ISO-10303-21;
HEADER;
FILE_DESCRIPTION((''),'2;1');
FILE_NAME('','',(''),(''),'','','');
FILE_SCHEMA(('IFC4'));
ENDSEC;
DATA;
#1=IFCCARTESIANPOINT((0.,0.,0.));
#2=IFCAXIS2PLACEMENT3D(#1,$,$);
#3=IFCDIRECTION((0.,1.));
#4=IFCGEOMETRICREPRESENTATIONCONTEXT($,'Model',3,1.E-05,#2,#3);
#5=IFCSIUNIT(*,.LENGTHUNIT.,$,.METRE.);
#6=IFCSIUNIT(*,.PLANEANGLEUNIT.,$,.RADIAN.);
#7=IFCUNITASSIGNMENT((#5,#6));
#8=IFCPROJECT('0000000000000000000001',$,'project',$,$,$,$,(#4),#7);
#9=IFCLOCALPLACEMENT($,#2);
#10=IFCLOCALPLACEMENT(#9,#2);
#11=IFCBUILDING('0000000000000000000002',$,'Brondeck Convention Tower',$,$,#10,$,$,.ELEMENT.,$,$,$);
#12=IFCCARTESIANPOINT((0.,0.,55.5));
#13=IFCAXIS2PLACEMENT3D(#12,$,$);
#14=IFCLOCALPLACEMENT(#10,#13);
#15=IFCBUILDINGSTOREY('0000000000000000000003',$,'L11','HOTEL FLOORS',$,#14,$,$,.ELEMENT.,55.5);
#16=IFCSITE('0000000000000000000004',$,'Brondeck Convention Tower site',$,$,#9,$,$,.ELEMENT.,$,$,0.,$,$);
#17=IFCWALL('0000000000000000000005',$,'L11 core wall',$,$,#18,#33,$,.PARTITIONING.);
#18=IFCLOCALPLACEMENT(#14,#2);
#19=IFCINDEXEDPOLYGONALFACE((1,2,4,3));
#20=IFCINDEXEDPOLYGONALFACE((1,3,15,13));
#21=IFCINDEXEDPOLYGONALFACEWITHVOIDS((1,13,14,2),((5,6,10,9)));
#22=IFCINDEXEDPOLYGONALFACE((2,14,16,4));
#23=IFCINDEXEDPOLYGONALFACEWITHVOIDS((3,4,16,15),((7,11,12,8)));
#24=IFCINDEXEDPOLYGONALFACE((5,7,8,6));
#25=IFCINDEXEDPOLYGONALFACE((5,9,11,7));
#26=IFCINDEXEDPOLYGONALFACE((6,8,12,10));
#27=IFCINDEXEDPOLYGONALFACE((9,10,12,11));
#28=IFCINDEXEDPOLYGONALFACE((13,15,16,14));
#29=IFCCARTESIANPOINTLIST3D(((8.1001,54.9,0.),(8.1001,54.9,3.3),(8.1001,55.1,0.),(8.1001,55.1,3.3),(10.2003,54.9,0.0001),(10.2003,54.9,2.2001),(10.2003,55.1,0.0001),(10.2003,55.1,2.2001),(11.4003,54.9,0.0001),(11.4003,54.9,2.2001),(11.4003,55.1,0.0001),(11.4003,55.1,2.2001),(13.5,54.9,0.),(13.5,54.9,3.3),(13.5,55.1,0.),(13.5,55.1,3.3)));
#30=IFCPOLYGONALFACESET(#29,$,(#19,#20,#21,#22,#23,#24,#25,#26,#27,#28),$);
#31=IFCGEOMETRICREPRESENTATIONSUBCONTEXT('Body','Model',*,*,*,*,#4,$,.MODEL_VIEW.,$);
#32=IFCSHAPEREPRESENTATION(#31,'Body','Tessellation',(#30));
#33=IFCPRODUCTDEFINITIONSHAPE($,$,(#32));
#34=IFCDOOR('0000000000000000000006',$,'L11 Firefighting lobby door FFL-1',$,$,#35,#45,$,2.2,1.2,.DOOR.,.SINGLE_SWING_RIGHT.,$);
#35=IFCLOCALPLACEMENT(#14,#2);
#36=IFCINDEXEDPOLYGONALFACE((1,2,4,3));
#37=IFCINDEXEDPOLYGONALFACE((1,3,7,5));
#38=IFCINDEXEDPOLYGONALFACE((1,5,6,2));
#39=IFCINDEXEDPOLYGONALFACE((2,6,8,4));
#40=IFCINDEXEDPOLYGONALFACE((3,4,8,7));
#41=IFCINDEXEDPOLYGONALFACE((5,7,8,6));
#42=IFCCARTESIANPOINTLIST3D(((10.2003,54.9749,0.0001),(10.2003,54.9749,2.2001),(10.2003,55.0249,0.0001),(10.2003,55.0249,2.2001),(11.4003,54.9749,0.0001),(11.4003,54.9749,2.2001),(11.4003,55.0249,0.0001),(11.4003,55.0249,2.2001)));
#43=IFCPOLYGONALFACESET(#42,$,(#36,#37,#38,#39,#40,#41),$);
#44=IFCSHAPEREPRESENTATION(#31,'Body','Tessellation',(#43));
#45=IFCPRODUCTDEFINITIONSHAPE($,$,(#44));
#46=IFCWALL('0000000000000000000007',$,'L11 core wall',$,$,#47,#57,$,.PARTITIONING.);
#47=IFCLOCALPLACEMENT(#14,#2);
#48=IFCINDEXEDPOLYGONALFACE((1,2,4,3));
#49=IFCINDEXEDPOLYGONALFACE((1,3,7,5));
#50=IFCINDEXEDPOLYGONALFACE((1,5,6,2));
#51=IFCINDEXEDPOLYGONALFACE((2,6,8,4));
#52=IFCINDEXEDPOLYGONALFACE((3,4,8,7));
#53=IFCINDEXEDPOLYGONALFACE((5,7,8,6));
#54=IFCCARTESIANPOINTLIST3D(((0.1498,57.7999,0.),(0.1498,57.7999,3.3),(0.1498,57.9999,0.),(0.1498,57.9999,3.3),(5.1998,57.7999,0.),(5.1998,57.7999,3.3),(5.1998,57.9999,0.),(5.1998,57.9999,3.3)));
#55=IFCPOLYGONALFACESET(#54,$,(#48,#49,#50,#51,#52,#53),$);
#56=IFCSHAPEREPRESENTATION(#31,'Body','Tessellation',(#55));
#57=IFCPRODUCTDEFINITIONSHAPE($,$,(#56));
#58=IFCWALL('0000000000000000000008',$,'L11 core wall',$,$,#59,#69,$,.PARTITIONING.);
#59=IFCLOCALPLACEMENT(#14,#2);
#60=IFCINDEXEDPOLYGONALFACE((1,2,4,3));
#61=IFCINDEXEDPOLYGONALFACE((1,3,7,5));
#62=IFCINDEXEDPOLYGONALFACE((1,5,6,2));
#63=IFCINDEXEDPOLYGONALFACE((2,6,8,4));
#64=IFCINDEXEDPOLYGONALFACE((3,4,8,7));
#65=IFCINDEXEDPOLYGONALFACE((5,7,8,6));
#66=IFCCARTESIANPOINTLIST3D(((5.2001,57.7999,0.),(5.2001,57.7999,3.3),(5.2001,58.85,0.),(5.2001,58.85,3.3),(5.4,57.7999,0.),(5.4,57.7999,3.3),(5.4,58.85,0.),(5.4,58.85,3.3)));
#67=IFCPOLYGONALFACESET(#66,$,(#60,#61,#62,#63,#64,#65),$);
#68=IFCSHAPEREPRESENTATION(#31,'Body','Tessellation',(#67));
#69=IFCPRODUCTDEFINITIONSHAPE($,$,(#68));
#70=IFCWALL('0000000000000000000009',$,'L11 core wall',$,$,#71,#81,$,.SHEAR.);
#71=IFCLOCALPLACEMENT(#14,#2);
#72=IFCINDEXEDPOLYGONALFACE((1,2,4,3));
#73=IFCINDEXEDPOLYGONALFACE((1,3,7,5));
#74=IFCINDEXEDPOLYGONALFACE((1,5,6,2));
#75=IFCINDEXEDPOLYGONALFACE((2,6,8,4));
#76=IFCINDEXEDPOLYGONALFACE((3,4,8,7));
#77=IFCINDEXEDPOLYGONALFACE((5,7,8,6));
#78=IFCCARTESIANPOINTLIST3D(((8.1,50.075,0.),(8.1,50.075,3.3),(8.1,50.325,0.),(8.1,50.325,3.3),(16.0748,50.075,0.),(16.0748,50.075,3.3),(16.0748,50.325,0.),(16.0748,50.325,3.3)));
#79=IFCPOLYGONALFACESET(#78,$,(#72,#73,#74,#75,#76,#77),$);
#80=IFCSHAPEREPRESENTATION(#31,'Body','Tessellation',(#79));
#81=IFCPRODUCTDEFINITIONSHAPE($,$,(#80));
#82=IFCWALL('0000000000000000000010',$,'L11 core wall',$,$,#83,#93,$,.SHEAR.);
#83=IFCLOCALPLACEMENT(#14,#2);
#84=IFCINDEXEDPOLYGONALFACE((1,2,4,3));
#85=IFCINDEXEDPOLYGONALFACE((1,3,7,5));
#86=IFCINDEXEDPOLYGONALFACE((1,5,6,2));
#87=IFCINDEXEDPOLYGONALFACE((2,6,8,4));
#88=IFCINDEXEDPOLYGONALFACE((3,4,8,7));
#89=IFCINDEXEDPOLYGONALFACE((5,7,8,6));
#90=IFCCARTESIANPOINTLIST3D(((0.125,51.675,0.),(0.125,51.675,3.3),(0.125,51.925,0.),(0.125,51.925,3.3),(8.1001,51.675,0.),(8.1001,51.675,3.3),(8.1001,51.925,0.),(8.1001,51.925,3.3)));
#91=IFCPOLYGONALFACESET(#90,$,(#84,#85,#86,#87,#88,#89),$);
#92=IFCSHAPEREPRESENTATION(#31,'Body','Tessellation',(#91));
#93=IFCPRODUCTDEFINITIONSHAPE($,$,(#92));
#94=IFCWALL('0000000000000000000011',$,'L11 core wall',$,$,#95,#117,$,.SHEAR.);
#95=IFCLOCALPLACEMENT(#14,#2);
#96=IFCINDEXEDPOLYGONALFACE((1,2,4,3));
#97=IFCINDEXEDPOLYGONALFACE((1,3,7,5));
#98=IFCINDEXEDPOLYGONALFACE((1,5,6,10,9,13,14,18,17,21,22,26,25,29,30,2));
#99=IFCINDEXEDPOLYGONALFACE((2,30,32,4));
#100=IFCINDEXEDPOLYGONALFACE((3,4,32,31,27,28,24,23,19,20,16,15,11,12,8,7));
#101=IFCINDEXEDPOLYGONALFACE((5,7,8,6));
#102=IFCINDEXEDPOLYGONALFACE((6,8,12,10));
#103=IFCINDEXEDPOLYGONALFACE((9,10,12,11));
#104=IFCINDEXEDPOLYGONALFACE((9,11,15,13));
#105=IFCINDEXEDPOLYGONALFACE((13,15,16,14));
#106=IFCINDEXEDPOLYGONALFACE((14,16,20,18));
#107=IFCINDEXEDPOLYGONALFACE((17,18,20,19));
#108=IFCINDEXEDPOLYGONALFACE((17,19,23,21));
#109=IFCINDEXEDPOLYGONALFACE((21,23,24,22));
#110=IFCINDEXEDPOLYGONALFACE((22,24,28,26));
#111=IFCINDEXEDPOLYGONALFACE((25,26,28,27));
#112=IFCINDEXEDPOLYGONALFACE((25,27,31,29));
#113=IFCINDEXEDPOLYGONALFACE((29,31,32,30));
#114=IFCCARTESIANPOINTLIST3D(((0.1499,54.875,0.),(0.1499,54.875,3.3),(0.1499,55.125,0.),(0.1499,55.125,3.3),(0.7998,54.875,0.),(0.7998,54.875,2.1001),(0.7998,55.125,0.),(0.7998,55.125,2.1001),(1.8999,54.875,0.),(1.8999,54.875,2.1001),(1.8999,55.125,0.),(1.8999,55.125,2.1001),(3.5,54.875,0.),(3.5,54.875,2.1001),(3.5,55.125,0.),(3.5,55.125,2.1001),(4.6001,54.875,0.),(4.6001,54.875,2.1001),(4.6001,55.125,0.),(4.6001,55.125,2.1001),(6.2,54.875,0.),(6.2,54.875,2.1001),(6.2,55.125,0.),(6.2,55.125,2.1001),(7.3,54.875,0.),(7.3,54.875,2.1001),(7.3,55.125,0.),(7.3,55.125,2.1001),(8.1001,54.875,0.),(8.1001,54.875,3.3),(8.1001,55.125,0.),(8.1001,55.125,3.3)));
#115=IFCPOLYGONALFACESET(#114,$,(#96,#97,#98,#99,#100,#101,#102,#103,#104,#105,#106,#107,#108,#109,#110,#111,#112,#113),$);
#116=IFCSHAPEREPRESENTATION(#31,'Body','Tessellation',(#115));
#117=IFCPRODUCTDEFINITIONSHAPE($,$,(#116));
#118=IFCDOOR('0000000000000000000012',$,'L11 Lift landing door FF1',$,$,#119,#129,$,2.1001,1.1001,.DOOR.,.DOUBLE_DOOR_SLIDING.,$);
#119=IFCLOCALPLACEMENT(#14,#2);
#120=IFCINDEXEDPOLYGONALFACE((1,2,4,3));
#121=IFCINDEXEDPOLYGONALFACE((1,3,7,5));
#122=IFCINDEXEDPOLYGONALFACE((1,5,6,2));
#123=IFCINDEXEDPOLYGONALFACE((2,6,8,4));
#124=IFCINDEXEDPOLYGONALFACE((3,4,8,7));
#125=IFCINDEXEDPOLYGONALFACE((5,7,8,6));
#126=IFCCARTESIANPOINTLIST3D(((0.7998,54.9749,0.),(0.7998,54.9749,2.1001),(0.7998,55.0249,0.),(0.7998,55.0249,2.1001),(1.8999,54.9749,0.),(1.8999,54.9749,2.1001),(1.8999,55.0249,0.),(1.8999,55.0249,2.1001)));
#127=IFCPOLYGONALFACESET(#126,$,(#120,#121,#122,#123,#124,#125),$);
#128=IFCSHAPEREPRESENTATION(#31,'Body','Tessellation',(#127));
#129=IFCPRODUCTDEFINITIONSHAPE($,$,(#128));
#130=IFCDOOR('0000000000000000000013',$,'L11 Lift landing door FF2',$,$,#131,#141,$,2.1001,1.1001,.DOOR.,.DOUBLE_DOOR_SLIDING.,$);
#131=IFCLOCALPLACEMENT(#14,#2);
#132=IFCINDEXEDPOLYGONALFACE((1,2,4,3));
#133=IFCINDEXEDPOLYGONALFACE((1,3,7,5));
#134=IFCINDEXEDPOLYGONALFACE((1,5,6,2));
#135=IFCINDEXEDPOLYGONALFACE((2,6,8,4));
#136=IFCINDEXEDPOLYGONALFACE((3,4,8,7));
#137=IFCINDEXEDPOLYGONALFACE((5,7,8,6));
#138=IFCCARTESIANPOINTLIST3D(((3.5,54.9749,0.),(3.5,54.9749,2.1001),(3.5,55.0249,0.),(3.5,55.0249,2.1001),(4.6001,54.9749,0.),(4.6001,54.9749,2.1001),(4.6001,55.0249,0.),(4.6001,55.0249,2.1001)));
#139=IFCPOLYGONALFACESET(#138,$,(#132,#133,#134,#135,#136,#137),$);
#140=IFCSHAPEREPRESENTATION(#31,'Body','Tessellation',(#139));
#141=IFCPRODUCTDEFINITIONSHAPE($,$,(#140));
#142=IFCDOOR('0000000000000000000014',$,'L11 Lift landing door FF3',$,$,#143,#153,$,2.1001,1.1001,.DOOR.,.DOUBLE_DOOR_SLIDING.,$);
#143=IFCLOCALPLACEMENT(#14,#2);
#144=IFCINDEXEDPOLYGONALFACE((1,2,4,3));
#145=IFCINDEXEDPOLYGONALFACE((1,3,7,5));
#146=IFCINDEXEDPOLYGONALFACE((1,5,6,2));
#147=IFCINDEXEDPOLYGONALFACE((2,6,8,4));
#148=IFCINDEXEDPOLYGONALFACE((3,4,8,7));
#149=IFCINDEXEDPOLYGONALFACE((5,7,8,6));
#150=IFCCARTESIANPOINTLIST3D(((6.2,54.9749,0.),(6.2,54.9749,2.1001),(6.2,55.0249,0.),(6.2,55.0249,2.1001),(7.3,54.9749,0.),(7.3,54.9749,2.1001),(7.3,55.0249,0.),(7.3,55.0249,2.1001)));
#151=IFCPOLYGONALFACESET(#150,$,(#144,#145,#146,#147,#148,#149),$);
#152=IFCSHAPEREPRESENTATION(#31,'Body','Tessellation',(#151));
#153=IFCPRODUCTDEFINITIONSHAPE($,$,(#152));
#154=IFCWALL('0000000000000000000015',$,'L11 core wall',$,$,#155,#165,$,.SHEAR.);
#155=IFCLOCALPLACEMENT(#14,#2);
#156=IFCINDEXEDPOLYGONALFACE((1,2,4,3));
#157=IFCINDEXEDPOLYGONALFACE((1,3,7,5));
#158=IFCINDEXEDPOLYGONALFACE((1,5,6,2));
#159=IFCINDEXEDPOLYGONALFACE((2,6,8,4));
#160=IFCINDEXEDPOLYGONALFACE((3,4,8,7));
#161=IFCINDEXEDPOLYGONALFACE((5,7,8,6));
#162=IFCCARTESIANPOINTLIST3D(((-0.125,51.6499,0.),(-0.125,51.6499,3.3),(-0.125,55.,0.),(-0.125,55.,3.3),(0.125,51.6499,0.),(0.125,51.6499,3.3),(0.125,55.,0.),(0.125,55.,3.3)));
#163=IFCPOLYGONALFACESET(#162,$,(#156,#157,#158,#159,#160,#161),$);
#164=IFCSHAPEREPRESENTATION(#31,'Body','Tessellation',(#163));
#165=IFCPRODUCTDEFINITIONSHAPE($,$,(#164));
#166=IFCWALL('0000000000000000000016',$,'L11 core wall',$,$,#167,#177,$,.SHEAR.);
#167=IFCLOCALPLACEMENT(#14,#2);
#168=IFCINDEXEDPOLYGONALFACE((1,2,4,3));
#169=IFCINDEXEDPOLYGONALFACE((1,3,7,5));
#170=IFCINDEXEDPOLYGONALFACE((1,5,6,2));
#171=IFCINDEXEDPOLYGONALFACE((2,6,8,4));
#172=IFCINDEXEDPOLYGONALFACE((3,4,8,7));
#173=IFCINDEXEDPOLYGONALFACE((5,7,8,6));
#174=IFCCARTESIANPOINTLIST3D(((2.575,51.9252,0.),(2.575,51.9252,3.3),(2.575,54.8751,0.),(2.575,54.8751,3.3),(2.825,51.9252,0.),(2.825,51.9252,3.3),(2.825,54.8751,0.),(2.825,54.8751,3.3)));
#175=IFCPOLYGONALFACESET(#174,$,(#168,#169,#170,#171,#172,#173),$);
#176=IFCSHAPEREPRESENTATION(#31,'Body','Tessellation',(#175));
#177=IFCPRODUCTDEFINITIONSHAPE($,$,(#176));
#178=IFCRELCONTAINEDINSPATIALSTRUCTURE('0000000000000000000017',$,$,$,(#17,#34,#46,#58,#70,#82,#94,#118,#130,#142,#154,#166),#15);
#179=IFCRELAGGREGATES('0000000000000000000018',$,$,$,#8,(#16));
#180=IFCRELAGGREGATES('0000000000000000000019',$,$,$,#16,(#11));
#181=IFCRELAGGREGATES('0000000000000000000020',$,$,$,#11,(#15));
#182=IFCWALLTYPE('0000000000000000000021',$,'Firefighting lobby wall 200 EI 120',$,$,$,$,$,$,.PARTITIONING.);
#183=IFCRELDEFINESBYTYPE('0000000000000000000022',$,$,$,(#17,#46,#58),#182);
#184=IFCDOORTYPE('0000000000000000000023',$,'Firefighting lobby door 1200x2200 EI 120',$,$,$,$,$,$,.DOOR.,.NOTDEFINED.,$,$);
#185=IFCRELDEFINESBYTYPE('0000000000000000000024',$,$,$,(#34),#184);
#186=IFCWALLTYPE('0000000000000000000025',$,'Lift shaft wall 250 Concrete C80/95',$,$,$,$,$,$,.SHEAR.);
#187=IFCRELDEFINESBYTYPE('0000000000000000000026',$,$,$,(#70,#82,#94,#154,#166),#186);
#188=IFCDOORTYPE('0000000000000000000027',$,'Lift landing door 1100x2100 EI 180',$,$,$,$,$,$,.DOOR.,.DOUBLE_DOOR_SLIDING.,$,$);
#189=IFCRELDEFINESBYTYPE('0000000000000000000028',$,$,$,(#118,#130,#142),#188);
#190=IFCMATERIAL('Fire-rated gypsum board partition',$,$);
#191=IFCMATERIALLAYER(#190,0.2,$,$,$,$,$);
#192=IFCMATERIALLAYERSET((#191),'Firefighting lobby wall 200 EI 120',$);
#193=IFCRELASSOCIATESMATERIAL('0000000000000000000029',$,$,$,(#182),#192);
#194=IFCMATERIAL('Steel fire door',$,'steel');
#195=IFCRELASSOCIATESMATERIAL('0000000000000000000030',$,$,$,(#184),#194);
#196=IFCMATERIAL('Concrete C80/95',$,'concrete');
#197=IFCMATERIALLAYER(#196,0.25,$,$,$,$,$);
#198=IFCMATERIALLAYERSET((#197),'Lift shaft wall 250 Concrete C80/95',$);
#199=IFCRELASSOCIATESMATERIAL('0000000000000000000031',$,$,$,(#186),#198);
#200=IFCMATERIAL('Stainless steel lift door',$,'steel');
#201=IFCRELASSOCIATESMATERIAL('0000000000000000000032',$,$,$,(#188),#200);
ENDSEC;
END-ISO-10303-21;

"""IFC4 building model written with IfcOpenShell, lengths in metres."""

from ifc_helpers import new_model, si_unit, direction, frame, frame_2d, origin, place, context, subcontext, project, spatial, rectangle, extrude, material, layer, layer_set, type_object, element, fill, save


model = new_model("IFC4")

# Units and contexts
model_context = context("Model", 3, precision=1e-05, world=origin(), true_north=direction((0.0, 1.0)))
body_context = subcontext(model_context, "Body", "Model", "MODEL_VIEW")
ifc_project = project(units=[si_unit("LENGTHUNIT", "METRE"), si_unit("PLANEANGLEUNIT", "RADIAN")], contexts=[model_context])

# Site, building, storey
site_placement = place(None, origin())
site = spatial("IfcSite", under=ifc_project, at=site_placement, Name="Brondeck Convention Tower site", CompositionType="ELEMENT", RefElevation=0.0)
building_placement = place(site_placement, origin())
building = spatial("IfcBuilding", under=site, at=building_placement, Name="Brondeck Convention Tower", CompositionType="ELEMENT")
storey_placement = place(building_placement, frame((0.0, 0.0, 55.5)))
storey = spatial("IfcBuildingStorey", under=building, at=storey_placement, Name="L11", Description="HOTEL FLOORS", CompositionType="ELEMENT", Elevation=55.5)

# Shared definitions
ifc_material_1 = material(Name="Concrete C80/95", Category="concrete")

# Shared definitions
ifc_material_2 = material(Name="Fire-rated gypsum board partition")

# Wall, opening, door
ifc_layer_1 = layer(ifc_material_2, 0.2)
ifc_layer_set_1 = layer_set([ifc_layer_1], Name="Firefighting lobby wall 200 EI 120")
wall_type_1 = type_object("IfcWallType", Name="Firefighting lobby wall 200 EI 120", PredefinedType="PARTITIONING", material=ifc_layer_set_1)
wall_1_placement = place(storey_placement, frame((8.1001, 55.0, 0.0), z_axis=(0.0, 0.0, 1.0), x_axis=(1.0, 0.0, 0.0)))
wall_1 = element("IfcWall", 1, at=wall_1_placement, inside=storey, type_object=wall_type_1, Name="L11 core wall", PredefinedType="PARTITIONING", context=body_context, shape_type="SweptSolid", body=[
    extrude(rectangle(XDim=5.3999, YDim=0.2, at=frame_2d((2.7, 0.0))), origin(), (0.0, 0.0, 1.0), 3.3),
])
opening_1_placement = place(wall_1_placement, frame((2.1001, 0.0, 0.0)))
opening_1 = element("IfcOpeningElement", 2, at=opening_1_placement, cuts=wall_1, PredefinedType="OPENING", context=body_context, shape_type="SweptSolid", body=[
    extrude(rectangle(XDim=1.2, YDim=2.2, at=frame_2d((0.6001, 1.1001))), frame((0.0, 0.1099, 0.0), z_axis=(0.0, -1.0, 0.0), x_axis=(1.0, 0.0, 0.0)), (0.0, 0.0, 1.0), 0.22),
])
ifc_material_3 = material(Name="Steel fire door", Category="steel")
door_type_1 = type_object("IfcDoorType", Name="Firefighting lobby door 1200x2200 EI 120", OperationType="NOTDEFINED", PredefinedType="DOOR", material=ifc_material_3)
door_1_placement = place(opening_1_placement, origin())
door_1 = element("IfcDoor", 3, at=door_1_placement, inside=storey, type_object=door_type_1, Name="L11 Firefighting lobby door FFL-1", OperationType="SINGLE_SWING_RIGHT", OverallHeight=2.2, OverallWidth=1.2, PredefinedType="DOOR", context=body_context, shape_type="SweptSolid", body=[
    extrude(rectangle(XDim=1.2, YDim=2.2, at=frame_2d((0.6001, 1.1001))), frame((0.0, 0.0249, 0.0), z_axis=(0.0, -1.0, 0.0), x_axis=(1.0, 0.0, 0.0)), (0.0, 0.0, 1.0), 0.05),
])
fill(opening_1, door_1)

# Walls
wall_2_placement = place(storey_placement, frame((0.1499, 57.8999, 0.0), z_axis=(0.0, 0.0, 1.0), x_axis=(1.0, 0.0, 0.0)))
element("IfcWall", 4, at=wall_2_placement, inside=storey, type_object=wall_type_1, Name="L11 core wall", PredefinedType="PARTITIONING", context=body_context, shape_type="SweptSolid", body=[
    extrude(rectangle(XDim=5.05, YDim=0.2, at=frame_2d((2.5249, 0.0))), origin(), (0.0, 0.0, 1.0), 3.3),
])
wall_3_placement = place(storey_placement, frame((5.3, 57.8, 0.0), z_axis=(0.0, 0.0, 1.0), x_axis=(0.0, 1.0, 0.0)))
element("IfcWall", 5, at=wall_3_placement, inside=storey, type_object=wall_type_1, Name="L11 core wall", PredefinedType="PARTITIONING", context=body_context, shape_type="SweptSolid", body=[
    extrude(rectangle(XDim=1.05, YDim=0.2, at=frame_2d((0.5249, 0.0))), origin(), (0.0, 0.0, 1.0), 3.3),
])
ifc_layer_2 = layer(ifc_material_1, 0.25)
ifc_layer_set_2 = layer_set([ifc_layer_2], Name="Lift shaft wall 250 Concrete C80/95")
wall_type_2 = type_object("IfcWallType", Name="Lift shaft wall 250 Concrete C80/95", PredefinedType="SHEAR", material=ifc_layer_set_2)
wall_4_placement = place(storey_placement, frame((8.1001, 50.2, 0.0), z_axis=(0.0, 0.0, 1.0), x_axis=(1.0, 0.0, 0.0)))
element("IfcWall", 6, at=wall_4_placement, inside=storey, type_object=wall_type_2, Name="L11 core wall", PredefinedType="SHEAR", context=body_context, shape_type="SweptSolid", body=[
    extrude(rectangle(XDim=7.9749, YDim=0.25, at=frame_2d((3.9873, 0.0))), origin(), (0.0, 0.0, 1.0), 3.3),
])
wall_5_placement = place(storey_placement, frame((0.125, 51.8, 0.0), z_axis=(0.0, 0.0, 1.0), x_axis=(1.0, 0.0, 0.0)))
element("IfcWall", 7, at=wall_5_placement, inside=storey, type_object=wall_type_2, Name="L11 core wall", PredefinedType="SHEAR", context=body_context, shape_type="SweptSolid", body=[
    extrude(rectangle(XDim=7.9751, YDim=0.25, at=frame_2d((3.9875, 0.0))), origin(), (0.0, 0.0, 1.0), 3.3),
])

# Wall, openings, doors
wall_6_placement = place(storey_placement, frame((0.1499, 55.0, 0.0), z_axis=(0.0, 0.0, 1.0), x_axis=(1.0, 0.0, 0.0)))
wall_6 = element("IfcWall", 8, at=wall_6_placement, inside=storey, type_object=wall_type_2, Name="L11 core wall", PredefinedType="SHEAR", context=body_context, shape_type="SweptSolid", body=[
    extrude(rectangle(XDim=7.9502, YDim=0.25, at=frame_2d((3.9751, 0.0))), origin(), (0.0, 0.0, 1.0), 3.3),
])
opening_2_placement = place(wall_6_placement, frame((0.6499, 0.0, 0.0)))
opening_2 = element("IfcOpeningElement", 9, at=opening_2_placement, cuts=wall_6, PredefinedType="OPENING", context=body_context, shape_type="SweptSolid", body=[
    extrude(rectangle(XDim=1.1001, YDim=2.1001, at=frame_2d((0.55, 1.05))), frame((0.0, 0.135, 0.0), z_axis=(0.0, -1.0, 0.0), x_axis=(1.0, 0.0, 0.0)), (0.0, 0.0, 1.0), 0.27),
])
opening_3_placement = place(wall_6_placement, frame((3.3501, 0.0, 0.0)))
opening_3 = element("IfcOpeningElement", 10, at=opening_3_placement, cuts=wall_6, PredefinedType="OPENING", context=body_context, shape_type="SweptSolid", body=[
    extrude(rectangle(XDim=1.1001, YDim=2.1001, at=frame_2d((0.55, 1.05))), frame((0.0, 0.135, 0.0), z_axis=(0.0, -1.0, 0.0), x_axis=(1.0, 0.0, 0.0)), (0.0, 0.0, 1.0), 0.27),
])
opening_4_placement = place(wall_6_placement, frame((6.05, 0.0, 0.0)))
opening_4 = element("IfcOpeningElement", 11, at=opening_4_placement, cuts=wall_6, PredefinedType="OPENING", context=body_context, shape_type="SweptSolid", body=[
    extrude(rectangle(XDim=1.1001, YDim=2.1001, at=frame_2d((0.55, 1.05))), frame((0.0, 0.135, 0.0), z_axis=(0.0, -1.0, 0.0), x_axis=(1.0, 0.0, 0.0)), (0.0, 0.0, 1.0), 0.27),
])
ifc_material_4 = material(Name="Stainless steel lift door", Category="steel")
door_type_2 = type_object("IfcDoorType", Name="Lift landing door 1100x2100 EI 180", OperationType="DOUBLE_DOOR_SLIDING", PredefinedType="DOOR", material=ifc_material_4)
door_2_placement = place(opening_2_placement, origin())
door_2 = element("IfcDoor", 12, at=door_2_placement, inside=storey, type_object=door_type_2, Name="L11 Lift landing door FF1", OperationType="DOUBLE_DOOR_SLIDING", OverallHeight=2.1001, OverallWidth=1.1001, PredefinedType="DOOR", context=body_context, shape_type="SweptSolid", body=[
    extrude(rectangle(XDim=1.1001, YDim=2.1001, at=frame_2d((0.55, 1.05))), frame((0.0, 0.0249, 0.0), z_axis=(0.0, -1.0, 0.0), x_axis=(1.0, 0.0, 0.0)), (0.0, 0.0, 1.0), 0.05),
])
fill(opening_2, door_2)
door_3_placement = place(opening_3_placement, origin())
door_3 = element("IfcDoor", 13, at=door_3_placement, inside=storey, type_object=door_type_2, Name="L11 Lift landing door FF2", OperationType="DOUBLE_DOOR_SLIDING", OverallHeight=2.1001, OverallWidth=1.1001, PredefinedType="DOOR", context=body_context, shape_type="SweptSolid", body=[
    extrude(rectangle(XDim=1.1001, YDim=2.1001, at=frame_2d((0.55, 1.05))), frame((0.0, 0.0249, 0.0), z_axis=(0.0, -1.0, 0.0), x_axis=(1.0, 0.0, 0.0)), (0.0, 0.0, 1.0), 0.05),
])
fill(opening_3, door_3)
door_4_placement = place(opening_4_placement, origin())
door_4 = element("IfcDoor", 14, at=door_4_placement, inside=storey, type_object=door_type_2, Name="L11 Lift landing door FF3", OperationType="DOUBLE_DOOR_SLIDING", OverallHeight=2.1001, OverallWidth=1.1001, PredefinedType="DOOR", context=body_context, shape_type="SweptSolid", body=[
    extrude(rectangle(XDim=1.1001, YDim=2.1001, at=frame_2d((0.55, 1.05))), frame((0.0, 0.0249, 0.0), z_axis=(0.0, -1.0, 0.0), x_axis=(1.0, 0.0, 0.0)), (0.0, 0.0, 1.0), 0.05),
])
fill(opening_4, door_4)

# Walls
wall_7_placement = place(storey_placement, frame((0.0, 51.6499, 0.0), z_axis=(0.0, 0.0, 1.0), x_axis=(0.0, 1.0, 0.0)))
element("IfcWall", 15, at=wall_7_placement, inside=storey, type_object=wall_type_2, Name="L11 core wall", PredefinedType="SHEAR", context=body_context, shape_type="SweptSolid", body=[
    extrude(rectangle(XDim=3.3501, YDim=0.25, at=frame_2d((1.675, 0.0))), origin(), (0.0, 0.0, 1.0), 3.3),
])
for number, where, z_axis, x_axis, name in (
    (16, (2.7, 51.925, 0.0), (0.0, 0.0, 1.0), (0.0, 1.0, 0.0), "L11 core wall"),
):
    element("IfcWall", number, at=place(storey_placement, frame(where, z_axis=z_axis, x_axis=x_axis)), inside=storey, type_object=wall_type_2, Name=name, PredefinedType="SHEAR", context=body_context, shape_type="SweptSolid", body=[
        extrude(rectangle(XDim=2.95, YDim=0.25, at=frame_2d((1.4751, 0.0))), origin(), (0.0, 0.0, 1.0), 3.3),
    ])

save(model, "model.ifc")
